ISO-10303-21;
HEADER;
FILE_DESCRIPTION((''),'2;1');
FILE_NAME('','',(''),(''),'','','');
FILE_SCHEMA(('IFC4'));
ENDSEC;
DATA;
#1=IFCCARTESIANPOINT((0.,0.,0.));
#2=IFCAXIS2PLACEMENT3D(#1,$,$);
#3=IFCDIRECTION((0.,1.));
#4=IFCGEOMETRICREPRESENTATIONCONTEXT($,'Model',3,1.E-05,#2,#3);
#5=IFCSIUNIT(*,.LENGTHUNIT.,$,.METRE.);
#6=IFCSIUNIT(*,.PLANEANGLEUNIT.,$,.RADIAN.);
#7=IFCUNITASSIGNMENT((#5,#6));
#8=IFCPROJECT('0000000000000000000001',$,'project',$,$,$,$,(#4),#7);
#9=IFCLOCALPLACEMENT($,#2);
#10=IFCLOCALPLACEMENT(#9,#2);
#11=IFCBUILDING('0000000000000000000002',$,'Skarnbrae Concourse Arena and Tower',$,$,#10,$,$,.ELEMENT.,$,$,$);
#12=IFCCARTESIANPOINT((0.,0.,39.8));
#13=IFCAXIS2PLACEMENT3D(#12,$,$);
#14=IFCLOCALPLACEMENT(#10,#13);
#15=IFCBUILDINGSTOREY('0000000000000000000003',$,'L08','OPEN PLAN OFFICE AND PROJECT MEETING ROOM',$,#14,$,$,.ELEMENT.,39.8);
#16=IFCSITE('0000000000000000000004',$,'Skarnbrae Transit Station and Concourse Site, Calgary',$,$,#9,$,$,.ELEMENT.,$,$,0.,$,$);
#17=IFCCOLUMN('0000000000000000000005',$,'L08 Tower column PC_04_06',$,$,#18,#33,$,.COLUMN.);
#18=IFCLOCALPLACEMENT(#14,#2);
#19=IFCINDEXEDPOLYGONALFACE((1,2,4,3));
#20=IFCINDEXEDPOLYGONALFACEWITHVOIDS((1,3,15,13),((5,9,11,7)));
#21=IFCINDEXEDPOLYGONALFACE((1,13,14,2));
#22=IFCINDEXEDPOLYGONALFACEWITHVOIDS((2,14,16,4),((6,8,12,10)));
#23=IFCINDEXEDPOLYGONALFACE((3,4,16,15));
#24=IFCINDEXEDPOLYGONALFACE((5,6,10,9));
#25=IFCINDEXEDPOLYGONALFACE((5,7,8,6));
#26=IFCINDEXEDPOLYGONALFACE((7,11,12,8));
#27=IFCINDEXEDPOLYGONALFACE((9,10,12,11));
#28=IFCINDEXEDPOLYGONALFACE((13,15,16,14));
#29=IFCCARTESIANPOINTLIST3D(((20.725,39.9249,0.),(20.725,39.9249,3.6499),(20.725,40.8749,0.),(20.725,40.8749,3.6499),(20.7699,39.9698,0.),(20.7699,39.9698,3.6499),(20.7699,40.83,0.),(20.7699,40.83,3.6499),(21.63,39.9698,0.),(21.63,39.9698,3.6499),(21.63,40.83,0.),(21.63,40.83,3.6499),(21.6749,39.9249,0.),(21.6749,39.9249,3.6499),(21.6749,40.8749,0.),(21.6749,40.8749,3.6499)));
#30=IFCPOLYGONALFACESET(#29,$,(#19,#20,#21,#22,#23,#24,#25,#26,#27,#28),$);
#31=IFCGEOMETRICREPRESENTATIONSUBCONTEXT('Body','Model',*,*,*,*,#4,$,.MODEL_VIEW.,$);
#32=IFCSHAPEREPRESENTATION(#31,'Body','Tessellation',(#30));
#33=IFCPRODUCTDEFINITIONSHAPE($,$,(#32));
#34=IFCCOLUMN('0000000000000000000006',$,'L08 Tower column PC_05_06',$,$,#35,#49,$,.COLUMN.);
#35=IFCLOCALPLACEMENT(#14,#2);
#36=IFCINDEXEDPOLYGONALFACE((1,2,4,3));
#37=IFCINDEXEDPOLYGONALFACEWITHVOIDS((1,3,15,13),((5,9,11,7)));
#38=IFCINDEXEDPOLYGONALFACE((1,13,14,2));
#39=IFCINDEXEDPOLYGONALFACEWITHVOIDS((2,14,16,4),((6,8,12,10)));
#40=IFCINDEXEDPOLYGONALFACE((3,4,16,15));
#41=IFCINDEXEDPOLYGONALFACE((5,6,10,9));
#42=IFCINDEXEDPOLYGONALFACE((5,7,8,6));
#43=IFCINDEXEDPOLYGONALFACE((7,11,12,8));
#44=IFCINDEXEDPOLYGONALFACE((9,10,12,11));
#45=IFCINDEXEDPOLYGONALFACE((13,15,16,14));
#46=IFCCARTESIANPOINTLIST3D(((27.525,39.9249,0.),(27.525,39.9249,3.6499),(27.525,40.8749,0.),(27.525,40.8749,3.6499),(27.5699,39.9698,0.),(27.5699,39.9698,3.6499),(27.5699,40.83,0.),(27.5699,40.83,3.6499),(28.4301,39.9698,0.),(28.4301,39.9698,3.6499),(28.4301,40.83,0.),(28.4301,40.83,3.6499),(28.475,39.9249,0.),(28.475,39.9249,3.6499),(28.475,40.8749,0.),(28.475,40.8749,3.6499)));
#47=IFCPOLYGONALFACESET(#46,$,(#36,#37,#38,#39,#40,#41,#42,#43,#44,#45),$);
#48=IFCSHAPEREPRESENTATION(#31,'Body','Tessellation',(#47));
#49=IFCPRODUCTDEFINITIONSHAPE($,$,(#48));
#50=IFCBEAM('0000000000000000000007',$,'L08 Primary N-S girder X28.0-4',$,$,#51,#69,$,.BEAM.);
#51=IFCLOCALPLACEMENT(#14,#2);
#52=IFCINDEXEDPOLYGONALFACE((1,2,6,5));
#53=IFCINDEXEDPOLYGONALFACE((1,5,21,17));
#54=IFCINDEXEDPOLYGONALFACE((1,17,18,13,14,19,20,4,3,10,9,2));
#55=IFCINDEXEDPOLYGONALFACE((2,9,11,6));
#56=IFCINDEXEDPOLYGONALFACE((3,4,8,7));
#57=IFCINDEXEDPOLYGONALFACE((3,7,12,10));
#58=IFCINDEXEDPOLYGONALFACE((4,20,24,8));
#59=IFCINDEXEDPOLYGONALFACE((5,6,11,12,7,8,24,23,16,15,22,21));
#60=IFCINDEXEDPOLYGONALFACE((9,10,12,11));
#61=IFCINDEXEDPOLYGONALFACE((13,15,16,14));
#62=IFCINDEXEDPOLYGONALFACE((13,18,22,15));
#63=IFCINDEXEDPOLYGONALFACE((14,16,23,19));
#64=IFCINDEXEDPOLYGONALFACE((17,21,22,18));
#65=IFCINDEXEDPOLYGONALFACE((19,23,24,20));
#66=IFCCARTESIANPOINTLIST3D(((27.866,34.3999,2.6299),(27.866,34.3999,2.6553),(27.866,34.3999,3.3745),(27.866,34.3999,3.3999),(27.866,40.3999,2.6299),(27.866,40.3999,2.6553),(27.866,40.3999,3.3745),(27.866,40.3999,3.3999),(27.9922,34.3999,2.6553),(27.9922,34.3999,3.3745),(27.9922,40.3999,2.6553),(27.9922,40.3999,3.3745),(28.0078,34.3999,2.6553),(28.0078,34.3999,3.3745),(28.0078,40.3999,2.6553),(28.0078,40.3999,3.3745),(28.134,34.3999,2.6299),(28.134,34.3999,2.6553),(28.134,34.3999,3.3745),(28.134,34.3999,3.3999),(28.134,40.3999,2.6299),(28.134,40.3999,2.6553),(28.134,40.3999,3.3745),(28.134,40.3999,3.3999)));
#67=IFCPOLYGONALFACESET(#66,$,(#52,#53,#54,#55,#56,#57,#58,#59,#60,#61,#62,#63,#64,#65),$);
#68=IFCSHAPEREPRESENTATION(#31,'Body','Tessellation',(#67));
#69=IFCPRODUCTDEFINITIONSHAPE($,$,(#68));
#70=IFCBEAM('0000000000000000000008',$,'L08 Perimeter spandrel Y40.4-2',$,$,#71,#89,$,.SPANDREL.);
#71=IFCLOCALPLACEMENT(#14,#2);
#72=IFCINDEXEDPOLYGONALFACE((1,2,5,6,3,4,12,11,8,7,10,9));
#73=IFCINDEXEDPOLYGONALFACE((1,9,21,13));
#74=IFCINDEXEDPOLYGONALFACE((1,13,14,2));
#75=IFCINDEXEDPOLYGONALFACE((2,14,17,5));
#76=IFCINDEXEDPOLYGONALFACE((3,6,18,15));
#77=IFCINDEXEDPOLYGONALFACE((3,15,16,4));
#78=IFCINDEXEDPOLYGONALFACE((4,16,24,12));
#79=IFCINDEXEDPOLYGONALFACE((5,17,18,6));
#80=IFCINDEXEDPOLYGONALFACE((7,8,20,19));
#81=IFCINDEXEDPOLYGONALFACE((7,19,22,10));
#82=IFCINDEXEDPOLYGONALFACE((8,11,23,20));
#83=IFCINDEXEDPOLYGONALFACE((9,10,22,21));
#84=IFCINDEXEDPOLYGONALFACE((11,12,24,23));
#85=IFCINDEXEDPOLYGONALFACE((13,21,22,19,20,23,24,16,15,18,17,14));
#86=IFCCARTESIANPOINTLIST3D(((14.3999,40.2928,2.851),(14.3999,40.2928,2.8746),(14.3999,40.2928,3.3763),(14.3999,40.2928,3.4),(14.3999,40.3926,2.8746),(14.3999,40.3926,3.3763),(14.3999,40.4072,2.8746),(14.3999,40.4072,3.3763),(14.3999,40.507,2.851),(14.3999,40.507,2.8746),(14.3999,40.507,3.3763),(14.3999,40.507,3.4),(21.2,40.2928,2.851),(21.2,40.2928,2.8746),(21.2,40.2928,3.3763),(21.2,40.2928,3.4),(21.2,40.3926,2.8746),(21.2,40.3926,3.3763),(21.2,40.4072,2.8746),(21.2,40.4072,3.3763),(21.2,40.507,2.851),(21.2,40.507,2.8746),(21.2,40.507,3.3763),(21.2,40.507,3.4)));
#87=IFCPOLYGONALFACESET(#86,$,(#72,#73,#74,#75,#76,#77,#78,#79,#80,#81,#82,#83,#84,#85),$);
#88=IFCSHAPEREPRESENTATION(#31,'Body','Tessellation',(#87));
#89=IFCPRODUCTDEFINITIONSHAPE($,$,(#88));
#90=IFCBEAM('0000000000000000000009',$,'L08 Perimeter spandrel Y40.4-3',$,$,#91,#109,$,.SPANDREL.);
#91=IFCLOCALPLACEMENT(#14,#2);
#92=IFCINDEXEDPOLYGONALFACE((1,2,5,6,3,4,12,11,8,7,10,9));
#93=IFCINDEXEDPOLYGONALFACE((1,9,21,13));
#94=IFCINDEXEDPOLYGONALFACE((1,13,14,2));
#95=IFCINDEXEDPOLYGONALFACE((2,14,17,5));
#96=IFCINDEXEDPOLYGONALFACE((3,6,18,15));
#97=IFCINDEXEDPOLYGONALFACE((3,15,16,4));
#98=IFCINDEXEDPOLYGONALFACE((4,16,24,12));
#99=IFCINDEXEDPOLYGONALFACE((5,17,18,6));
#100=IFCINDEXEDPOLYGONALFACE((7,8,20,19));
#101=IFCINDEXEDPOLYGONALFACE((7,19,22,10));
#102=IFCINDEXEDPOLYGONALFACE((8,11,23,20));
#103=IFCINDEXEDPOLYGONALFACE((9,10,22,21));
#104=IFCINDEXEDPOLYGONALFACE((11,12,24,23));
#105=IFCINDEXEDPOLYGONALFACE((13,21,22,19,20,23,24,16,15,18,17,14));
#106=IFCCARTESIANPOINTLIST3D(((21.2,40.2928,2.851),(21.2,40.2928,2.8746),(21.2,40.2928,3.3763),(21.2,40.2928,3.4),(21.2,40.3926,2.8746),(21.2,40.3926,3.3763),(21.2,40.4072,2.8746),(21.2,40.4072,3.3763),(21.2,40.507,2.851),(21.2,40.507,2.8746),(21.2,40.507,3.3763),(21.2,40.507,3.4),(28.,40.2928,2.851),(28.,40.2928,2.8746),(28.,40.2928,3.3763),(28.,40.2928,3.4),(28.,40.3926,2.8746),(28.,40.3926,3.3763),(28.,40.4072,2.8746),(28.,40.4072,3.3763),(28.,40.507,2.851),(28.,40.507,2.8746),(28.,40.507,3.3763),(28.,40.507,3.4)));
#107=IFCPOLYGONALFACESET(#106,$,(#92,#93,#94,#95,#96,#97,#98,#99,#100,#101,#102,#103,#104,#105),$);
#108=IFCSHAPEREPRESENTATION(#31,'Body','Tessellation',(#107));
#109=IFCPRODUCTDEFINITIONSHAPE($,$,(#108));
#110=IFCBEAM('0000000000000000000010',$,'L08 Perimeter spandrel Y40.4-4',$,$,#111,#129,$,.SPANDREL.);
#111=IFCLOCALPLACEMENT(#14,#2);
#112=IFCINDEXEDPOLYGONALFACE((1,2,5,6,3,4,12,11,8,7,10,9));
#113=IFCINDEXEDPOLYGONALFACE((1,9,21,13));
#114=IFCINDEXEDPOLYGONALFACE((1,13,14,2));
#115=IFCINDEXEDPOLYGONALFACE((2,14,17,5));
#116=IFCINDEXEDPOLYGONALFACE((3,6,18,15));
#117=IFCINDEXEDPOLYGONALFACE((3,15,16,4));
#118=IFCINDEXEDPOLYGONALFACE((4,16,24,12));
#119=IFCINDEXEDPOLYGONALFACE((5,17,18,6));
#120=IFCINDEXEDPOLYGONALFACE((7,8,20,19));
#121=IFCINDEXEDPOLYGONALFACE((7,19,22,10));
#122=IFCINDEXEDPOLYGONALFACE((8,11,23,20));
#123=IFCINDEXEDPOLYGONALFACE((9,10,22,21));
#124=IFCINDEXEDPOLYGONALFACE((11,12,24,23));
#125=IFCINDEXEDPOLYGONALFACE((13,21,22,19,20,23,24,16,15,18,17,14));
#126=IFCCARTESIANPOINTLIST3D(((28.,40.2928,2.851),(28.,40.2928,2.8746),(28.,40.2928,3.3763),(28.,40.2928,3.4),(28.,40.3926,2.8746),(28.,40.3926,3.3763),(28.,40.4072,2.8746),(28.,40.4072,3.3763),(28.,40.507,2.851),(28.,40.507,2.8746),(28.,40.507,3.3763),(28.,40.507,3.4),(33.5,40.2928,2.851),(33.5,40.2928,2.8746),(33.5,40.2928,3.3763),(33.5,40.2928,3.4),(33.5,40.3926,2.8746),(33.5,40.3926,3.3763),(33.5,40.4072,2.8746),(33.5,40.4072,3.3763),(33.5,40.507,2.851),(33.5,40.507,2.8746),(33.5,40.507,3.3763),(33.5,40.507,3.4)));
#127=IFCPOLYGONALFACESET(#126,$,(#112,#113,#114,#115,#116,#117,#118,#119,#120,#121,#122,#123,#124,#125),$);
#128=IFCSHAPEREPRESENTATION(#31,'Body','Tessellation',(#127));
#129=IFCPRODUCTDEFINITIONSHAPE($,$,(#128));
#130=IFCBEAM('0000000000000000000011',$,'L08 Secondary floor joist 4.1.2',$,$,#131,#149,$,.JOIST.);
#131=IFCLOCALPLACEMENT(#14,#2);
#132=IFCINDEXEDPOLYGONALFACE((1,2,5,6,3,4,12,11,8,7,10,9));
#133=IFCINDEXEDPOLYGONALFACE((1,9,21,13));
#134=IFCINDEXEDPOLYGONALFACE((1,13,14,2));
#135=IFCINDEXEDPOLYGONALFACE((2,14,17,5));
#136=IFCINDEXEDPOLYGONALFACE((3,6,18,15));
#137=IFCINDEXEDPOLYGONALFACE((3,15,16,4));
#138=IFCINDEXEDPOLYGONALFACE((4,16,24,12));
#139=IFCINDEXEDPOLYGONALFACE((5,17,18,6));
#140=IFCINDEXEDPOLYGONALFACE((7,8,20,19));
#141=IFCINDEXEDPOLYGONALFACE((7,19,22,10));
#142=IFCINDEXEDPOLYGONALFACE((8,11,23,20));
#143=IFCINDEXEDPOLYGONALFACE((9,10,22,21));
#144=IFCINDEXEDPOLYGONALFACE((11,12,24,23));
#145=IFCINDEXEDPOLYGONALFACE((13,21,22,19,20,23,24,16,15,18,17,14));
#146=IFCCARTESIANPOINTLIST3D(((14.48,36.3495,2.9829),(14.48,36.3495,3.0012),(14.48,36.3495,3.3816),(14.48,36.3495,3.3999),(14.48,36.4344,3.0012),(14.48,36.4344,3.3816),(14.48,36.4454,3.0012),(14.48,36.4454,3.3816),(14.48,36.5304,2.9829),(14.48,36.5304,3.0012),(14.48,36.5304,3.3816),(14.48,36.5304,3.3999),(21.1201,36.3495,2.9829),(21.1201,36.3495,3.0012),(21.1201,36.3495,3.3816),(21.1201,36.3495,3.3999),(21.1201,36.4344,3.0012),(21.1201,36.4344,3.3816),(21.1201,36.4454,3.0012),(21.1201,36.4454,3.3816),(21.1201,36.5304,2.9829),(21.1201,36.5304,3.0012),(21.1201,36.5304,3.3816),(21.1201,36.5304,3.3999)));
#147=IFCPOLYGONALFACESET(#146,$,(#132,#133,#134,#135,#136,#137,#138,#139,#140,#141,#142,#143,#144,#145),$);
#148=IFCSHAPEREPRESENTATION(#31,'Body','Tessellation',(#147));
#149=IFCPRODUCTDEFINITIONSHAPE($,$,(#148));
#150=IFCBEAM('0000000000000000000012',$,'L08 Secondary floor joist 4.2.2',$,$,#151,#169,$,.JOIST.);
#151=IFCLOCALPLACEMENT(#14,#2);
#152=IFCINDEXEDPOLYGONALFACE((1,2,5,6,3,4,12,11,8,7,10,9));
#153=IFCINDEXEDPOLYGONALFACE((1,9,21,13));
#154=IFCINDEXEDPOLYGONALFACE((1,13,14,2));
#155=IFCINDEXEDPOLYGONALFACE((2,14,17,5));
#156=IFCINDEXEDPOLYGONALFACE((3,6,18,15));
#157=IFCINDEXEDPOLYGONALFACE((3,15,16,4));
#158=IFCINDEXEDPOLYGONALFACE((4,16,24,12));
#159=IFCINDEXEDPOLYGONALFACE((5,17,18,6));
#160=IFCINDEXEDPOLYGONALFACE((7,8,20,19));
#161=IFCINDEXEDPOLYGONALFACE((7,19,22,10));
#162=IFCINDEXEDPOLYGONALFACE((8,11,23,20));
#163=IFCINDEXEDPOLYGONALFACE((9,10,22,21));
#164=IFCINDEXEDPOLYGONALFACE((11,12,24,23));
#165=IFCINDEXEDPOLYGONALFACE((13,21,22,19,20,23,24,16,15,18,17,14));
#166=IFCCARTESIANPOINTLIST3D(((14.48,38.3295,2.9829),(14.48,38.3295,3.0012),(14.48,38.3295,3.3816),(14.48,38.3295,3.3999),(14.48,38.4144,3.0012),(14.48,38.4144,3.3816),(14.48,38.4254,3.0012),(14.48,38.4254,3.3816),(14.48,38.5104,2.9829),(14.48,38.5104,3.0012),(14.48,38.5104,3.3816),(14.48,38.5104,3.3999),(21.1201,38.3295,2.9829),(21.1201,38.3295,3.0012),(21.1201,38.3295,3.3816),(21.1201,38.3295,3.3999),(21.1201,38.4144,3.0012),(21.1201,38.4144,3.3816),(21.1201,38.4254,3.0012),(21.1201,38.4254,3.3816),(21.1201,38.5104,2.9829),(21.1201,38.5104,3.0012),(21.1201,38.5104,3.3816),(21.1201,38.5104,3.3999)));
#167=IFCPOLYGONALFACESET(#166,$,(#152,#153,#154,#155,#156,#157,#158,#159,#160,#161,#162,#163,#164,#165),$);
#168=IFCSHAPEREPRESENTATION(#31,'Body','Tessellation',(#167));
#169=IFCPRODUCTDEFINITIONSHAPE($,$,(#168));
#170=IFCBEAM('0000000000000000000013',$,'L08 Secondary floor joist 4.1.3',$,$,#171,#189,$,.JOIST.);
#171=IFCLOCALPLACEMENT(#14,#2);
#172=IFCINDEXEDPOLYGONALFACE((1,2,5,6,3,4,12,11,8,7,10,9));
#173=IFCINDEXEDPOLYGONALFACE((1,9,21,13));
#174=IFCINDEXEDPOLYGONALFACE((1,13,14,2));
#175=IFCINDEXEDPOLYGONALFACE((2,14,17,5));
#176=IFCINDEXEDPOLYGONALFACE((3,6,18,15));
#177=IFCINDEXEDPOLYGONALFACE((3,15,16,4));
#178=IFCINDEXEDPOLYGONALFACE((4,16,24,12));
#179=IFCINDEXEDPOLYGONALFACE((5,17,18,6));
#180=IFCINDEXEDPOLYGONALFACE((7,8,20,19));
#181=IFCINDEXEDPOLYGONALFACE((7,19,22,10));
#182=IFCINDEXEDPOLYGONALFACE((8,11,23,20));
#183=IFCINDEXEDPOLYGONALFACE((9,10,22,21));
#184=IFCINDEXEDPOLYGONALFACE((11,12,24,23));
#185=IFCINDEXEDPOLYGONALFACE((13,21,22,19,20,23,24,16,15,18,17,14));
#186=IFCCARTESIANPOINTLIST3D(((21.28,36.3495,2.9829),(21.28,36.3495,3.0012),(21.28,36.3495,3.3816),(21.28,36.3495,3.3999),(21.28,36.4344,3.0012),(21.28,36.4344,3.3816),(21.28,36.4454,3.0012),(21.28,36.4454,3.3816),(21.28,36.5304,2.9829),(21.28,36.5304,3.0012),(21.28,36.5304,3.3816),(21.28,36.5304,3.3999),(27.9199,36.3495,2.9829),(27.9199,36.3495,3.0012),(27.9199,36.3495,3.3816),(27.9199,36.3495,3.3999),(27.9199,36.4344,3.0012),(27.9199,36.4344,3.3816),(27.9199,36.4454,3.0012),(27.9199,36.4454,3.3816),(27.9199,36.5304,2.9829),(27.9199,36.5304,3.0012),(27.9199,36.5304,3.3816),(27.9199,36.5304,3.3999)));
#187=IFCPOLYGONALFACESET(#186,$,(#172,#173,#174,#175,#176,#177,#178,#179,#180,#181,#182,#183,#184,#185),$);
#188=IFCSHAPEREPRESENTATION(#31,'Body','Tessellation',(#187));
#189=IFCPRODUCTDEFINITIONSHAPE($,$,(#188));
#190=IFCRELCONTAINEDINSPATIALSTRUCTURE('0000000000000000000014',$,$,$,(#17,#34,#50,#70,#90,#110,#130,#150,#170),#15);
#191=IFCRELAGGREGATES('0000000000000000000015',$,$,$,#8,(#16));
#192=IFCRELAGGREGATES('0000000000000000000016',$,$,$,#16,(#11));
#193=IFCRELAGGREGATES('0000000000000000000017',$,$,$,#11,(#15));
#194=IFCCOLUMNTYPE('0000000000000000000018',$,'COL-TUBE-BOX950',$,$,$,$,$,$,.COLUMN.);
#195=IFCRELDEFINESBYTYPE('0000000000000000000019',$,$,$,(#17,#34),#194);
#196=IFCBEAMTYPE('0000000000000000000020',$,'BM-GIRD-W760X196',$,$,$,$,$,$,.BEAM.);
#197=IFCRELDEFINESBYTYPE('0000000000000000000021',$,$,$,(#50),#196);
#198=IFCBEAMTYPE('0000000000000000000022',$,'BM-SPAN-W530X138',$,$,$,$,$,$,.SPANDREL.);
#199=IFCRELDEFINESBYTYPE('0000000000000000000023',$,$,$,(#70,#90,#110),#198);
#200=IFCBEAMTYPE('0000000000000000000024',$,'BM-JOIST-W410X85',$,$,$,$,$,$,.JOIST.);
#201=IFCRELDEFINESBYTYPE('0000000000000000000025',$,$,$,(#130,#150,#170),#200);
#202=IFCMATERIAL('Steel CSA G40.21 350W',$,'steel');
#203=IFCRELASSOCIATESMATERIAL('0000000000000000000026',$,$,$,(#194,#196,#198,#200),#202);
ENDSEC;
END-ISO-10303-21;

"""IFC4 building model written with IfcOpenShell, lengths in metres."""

from ifc_helpers import new_model, si_unit, direction, frame, origin, origin_2d, place, context, subcontext, project, spatial, hollow_rectangle, i_section, extrude, source, transform, mapped, material, material_profile, profile_set, type_object, element, save


model = new_model("IFC4")

# Units and contexts
model_context = context("Model", 3, precision=1e-05, world=origin(), true_north=direction((0.0, 1.0)))
body_context = subcontext(model_context, "Body", "Model", "MODEL_VIEW")
ifc_project = project(units=[si_unit("LENGTHUNIT", "METRE"), si_unit("PLANEANGLEUNIT", "RADIAN")], contexts=[model_context])

# Site, building, storey
site_placement = place(None, origin())
site = spatial("IfcSite", under=ifc_project, at=site_placement, Name="Skarnbrae Transit Station and Concourse Site, Calgary", CompositionType="ELEMENT", RefElevation=0.0)
building_placement = place(site_placement, origin())
building = spatial("IfcBuilding", under=site, at=building_placement, Name="Skarnbrae Concourse Arena and Tower", CompositionType="ELEMENT")
storey_placement = place(building_placement, frame((0.0, 0.0, 39.8)))
storey = spatial("IfcBuildingStorey", under=building, at=storey_placement, Name="L08", Description="OPEN PLAN OFFICE AND PROJECT MEETING ROOM", CompositionType="ELEMENT", Elevation=39.8)

# Columns
ifc_material_1 = material(Name="Steel CSA G40.21 350W", Category="steel")
ifc_material_profile_1 = material_profile(ifc_material_1, hollow_rectangle(XDim=0.95, YDim=0.95, WallThickness=0.0449, at=origin_2d()), Name="BOX950X950X45")
ifc_profile_set_1 = profile_set([ifc_material_profile_1], Name="Steel CSA G40.21 350W")
column_type = type_object("IfcColumnType", Name="COL-TUBE-BOX950", PredefinedType="COLUMN", material=ifc_profile_set_1)
shared_shape_1 = source(origin(), body_context, "Body", "SweptSolid", [
    extrude(hollow_rectangle(XDim=0.95, YDim=0.95, WallThickness=0.0449, at=origin_2d()), origin(), (0.0, 0.0, 1.0), 3.6499),
])
for number, where, z_axis, x_axis, name in (
    (1, (21.2, 40.3999, 0.0), (0.0, 0.0, 1.0), (1.0, 0.0, 0.0), "L08 Tower column PC_04_06"),
    (2, (28.0, 40.3999, 0.0), (0.0, 0.0, 1.0), (1.0, 0.0, 0.0), "L08 Tower column PC_05_06"),
):
    element("IfcColumn", number, at=place(storey_placement, frame(where, z_axis=z_axis, x_axis=x_axis)), inside=storey, type_object=column_type, Name=name, PredefinedType="COLUMN", context=body_context, shape_type="MappedRepresentation", body=[
        mapped(shared_shape_1, transform((0.0, 0.0, 0.0))),
    ])

# Beams
ifc_material_profile_2 = material_profile(ifc_material_1, i_section(OverallWidth=0.2681, OverallDepth=0.77, WebThickness=0.0156, FlangeThickness=0.0254, at=origin_2d()), Name="W760X196")
ifc_profile_set_2 = profile_set([ifc_material_profile_2], Name="Steel CSA G40.21 350W")
beam_type_1 = type_object("IfcBeamType", Name="BM-GIRD-W760X196", PredefinedType="BEAM", material=ifc_profile_set_2)
shared_shape_2 = source(origin(), body_context, "Body", "SweptSolid", [
    extrude(i_section(OverallWidth=0.2681, OverallDepth=0.77, WebThickness=0.0156, FlangeThickness=0.0254, at=origin_2d()), origin(), (0.0, 0.0, 1.0), 6.0),
])
beam_1_placement = place(storey_placement, frame((28.0, 34.3999, 3.0149), z_axis=(0.0, 1.0, 0.0), x_axis=(-1.0, 0.0, 0.0)))
element("IfcBeam", 3, at=beam_1_placement, inside=storey, type_object=beam_type_1, Name="L08 Primary N-S girder X28.0-4", PredefinedType="BEAM", context=body_context, shape_type="MappedRepresentation", body=[
    mapped(shared_shape_2, transform((0.0, 0.0, 0.0))),
])
ifc_material_profile_3 = material_profile(ifc_material_1, i_section(OverallWidth=0.2141, OverallDepth=0.5491, WebThickness=0.0146, FlangeThickness=0.0237, at=origin_2d()), Name="W530X138")
ifc_profile_set_3 = profile_set([ifc_material_profile_3], Name="Steel CSA G40.21 350W")
beam_type_2 = type_object("IfcBeamType", Name="BM-SPAN-W530X138", PredefinedType="SPANDREL", material=ifc_profile_set_3)
shared_shape_3 = source(origin(), body_context, "Body", "SweptSolid", [
    extrude(i_section(OverallWidth=0.2141, OverallDepth=0.5491, WebThickness=0.0146, FlangeThickness=0.0237, at=origin_2d()), origin(), (0.0, 0.0, 1.0), 6.8),
])
for number, where, z_axis, x_axis, name in (
    (4, (14.3999, 40.3999, 3.1255), (1.0, 0.0, 0.0), (0.0, 1.0, 0.0), "L08 Perimeter spandrel Y40.4-2"),
    (5, (21.2, 40.3999, 3.1255), (1.0, 0.0, 0.0), (0.0, 1.0, 0.0), "L08 Perimeter spandrel Y40.4-3"),
):
    element("IfcBeam", number, at=place(storey_placement, frame(where, z_axis=z_axis, x_axis=x_axis)), inside=storey, type_object=beam_type_2, Name=name, PredefinedType="SPANDREL", context=body_context, shape_type="MappedRepresentation", body=[
        mapped(shared_shape_3, transform((0.0, 0.0, 0.0))),
    ])
shared_shape_4 = source(origin(), body_context, "Body", "SweptSolid", [
    extrude(i_section(OverallWidth=0.2141, OverallDepth=0.5491, WebThickness=0.0146, FlangeThickness=0.0237, at=origin_2d()), origin(), (0.0, 0.0, 1.0), 5.5),
])
beam_2_placement = place(storey_placement, frame((28.0, 40.3999, 3.1255), z_axis=(1.0, 0.0, 0.0), x_axis=(0.0, 1.0, 0.0)))
element("IfcBeam", 6, at=beam_2_placement, inside=storey, type_object=beam_type_2, Name="L08 Perimeter spandrel Y40.4-4", PredefinedType="SPANDREL", context=body_context, shape_type="MappedRepresentation", body=[
    mapped(shared_shape_4, transform((0.0, 0.0, 0.0))),
])
ifc_material_profile_4 = material_profile(ifc_material_1, i_section(OverallWidth=0.1809, OverallDepth=0.417, WebThickness=0.011, FlangeThickness=0.0183, at=origin_2d()), Name="W410X85")
ifc_profile_set_4 = profile_set([ifc_material_profile_4], Name="Steel CSA G40.21 350W")
beam_type_3 = type_object("IfcBeamType", Name="BM-JOIST-W410X85", PredefinedType="JOIST", material=ifc_profile_set_4)
shared_shape_5 = source(origin(), body_context, "Body", "SweptSolid", [
    extrude(i_section(OverallWidth=0.1809, OverallDepth=0.417, WebThickness=0.011, FlangeThickness=0.0183, at=origin_2d()), origin(), (0.0, 0.0, 1.0), 6.6401),
])
for number, where, z_axis, x_axis, name in (
    (7, (14.48, 36.4399, 3.1914), (1.0, 0.0, 0.0), (0.0, 1.0, 0.0), "L08 Secondary floor joist 4.1.2"),
    (8, (14.48, 38.4199, 3.1914), (1.0, 0.0, 0.0), (0.0, 1.0, 0.0), "L08 Secondary floor joist 4.2.2"),
):
    element("IfcBeam", number, at=place(storey_placement, frame(where, z_axis=z_axis, x_axis=x_axis)), inside=storey, type_object=beam_type_3, Name=name, PredefinedType="JOIST", context=body_context, shape_type="MappedRepresentation", body=[
        mapped(shared_shape_5, transform((0.0, 0.0, 0.0))),
    ])
shared_shape_6 = source(origin(), body_context, "Body", "SweptSolid", [
    extrude(i_section(OverallWidth=0.1809, OverallDepth=0.417, WebThickness=0.011, FlangeThickness=0.0183, at=origin_2d()), origin(), (0.0, 0.0, 1.0), 6.6399),
])
for number, where, z_axis, x_axis, name in (
    (9, (21.28, 36.4399, 3.1914), (1.0, 0.0, 0.0), (0.0, 1.0, 0.0), "L08 Secondary floor joist 4.1.3"),
):
    element("IfcBeam", number, at=place(storey_placement, frame(where, z_axis=z_axis, x_axis=x_axis)), inside=storey, type_object=beam_type_3, Name=name, PredefinedType="JOIST", context=body_context, shape_type="MappedRepresentation", body=[
        mapped(shared_shape_6, transform((0.0, 0.0, 0.0))),
    ])

save(model, "model.ifc")
